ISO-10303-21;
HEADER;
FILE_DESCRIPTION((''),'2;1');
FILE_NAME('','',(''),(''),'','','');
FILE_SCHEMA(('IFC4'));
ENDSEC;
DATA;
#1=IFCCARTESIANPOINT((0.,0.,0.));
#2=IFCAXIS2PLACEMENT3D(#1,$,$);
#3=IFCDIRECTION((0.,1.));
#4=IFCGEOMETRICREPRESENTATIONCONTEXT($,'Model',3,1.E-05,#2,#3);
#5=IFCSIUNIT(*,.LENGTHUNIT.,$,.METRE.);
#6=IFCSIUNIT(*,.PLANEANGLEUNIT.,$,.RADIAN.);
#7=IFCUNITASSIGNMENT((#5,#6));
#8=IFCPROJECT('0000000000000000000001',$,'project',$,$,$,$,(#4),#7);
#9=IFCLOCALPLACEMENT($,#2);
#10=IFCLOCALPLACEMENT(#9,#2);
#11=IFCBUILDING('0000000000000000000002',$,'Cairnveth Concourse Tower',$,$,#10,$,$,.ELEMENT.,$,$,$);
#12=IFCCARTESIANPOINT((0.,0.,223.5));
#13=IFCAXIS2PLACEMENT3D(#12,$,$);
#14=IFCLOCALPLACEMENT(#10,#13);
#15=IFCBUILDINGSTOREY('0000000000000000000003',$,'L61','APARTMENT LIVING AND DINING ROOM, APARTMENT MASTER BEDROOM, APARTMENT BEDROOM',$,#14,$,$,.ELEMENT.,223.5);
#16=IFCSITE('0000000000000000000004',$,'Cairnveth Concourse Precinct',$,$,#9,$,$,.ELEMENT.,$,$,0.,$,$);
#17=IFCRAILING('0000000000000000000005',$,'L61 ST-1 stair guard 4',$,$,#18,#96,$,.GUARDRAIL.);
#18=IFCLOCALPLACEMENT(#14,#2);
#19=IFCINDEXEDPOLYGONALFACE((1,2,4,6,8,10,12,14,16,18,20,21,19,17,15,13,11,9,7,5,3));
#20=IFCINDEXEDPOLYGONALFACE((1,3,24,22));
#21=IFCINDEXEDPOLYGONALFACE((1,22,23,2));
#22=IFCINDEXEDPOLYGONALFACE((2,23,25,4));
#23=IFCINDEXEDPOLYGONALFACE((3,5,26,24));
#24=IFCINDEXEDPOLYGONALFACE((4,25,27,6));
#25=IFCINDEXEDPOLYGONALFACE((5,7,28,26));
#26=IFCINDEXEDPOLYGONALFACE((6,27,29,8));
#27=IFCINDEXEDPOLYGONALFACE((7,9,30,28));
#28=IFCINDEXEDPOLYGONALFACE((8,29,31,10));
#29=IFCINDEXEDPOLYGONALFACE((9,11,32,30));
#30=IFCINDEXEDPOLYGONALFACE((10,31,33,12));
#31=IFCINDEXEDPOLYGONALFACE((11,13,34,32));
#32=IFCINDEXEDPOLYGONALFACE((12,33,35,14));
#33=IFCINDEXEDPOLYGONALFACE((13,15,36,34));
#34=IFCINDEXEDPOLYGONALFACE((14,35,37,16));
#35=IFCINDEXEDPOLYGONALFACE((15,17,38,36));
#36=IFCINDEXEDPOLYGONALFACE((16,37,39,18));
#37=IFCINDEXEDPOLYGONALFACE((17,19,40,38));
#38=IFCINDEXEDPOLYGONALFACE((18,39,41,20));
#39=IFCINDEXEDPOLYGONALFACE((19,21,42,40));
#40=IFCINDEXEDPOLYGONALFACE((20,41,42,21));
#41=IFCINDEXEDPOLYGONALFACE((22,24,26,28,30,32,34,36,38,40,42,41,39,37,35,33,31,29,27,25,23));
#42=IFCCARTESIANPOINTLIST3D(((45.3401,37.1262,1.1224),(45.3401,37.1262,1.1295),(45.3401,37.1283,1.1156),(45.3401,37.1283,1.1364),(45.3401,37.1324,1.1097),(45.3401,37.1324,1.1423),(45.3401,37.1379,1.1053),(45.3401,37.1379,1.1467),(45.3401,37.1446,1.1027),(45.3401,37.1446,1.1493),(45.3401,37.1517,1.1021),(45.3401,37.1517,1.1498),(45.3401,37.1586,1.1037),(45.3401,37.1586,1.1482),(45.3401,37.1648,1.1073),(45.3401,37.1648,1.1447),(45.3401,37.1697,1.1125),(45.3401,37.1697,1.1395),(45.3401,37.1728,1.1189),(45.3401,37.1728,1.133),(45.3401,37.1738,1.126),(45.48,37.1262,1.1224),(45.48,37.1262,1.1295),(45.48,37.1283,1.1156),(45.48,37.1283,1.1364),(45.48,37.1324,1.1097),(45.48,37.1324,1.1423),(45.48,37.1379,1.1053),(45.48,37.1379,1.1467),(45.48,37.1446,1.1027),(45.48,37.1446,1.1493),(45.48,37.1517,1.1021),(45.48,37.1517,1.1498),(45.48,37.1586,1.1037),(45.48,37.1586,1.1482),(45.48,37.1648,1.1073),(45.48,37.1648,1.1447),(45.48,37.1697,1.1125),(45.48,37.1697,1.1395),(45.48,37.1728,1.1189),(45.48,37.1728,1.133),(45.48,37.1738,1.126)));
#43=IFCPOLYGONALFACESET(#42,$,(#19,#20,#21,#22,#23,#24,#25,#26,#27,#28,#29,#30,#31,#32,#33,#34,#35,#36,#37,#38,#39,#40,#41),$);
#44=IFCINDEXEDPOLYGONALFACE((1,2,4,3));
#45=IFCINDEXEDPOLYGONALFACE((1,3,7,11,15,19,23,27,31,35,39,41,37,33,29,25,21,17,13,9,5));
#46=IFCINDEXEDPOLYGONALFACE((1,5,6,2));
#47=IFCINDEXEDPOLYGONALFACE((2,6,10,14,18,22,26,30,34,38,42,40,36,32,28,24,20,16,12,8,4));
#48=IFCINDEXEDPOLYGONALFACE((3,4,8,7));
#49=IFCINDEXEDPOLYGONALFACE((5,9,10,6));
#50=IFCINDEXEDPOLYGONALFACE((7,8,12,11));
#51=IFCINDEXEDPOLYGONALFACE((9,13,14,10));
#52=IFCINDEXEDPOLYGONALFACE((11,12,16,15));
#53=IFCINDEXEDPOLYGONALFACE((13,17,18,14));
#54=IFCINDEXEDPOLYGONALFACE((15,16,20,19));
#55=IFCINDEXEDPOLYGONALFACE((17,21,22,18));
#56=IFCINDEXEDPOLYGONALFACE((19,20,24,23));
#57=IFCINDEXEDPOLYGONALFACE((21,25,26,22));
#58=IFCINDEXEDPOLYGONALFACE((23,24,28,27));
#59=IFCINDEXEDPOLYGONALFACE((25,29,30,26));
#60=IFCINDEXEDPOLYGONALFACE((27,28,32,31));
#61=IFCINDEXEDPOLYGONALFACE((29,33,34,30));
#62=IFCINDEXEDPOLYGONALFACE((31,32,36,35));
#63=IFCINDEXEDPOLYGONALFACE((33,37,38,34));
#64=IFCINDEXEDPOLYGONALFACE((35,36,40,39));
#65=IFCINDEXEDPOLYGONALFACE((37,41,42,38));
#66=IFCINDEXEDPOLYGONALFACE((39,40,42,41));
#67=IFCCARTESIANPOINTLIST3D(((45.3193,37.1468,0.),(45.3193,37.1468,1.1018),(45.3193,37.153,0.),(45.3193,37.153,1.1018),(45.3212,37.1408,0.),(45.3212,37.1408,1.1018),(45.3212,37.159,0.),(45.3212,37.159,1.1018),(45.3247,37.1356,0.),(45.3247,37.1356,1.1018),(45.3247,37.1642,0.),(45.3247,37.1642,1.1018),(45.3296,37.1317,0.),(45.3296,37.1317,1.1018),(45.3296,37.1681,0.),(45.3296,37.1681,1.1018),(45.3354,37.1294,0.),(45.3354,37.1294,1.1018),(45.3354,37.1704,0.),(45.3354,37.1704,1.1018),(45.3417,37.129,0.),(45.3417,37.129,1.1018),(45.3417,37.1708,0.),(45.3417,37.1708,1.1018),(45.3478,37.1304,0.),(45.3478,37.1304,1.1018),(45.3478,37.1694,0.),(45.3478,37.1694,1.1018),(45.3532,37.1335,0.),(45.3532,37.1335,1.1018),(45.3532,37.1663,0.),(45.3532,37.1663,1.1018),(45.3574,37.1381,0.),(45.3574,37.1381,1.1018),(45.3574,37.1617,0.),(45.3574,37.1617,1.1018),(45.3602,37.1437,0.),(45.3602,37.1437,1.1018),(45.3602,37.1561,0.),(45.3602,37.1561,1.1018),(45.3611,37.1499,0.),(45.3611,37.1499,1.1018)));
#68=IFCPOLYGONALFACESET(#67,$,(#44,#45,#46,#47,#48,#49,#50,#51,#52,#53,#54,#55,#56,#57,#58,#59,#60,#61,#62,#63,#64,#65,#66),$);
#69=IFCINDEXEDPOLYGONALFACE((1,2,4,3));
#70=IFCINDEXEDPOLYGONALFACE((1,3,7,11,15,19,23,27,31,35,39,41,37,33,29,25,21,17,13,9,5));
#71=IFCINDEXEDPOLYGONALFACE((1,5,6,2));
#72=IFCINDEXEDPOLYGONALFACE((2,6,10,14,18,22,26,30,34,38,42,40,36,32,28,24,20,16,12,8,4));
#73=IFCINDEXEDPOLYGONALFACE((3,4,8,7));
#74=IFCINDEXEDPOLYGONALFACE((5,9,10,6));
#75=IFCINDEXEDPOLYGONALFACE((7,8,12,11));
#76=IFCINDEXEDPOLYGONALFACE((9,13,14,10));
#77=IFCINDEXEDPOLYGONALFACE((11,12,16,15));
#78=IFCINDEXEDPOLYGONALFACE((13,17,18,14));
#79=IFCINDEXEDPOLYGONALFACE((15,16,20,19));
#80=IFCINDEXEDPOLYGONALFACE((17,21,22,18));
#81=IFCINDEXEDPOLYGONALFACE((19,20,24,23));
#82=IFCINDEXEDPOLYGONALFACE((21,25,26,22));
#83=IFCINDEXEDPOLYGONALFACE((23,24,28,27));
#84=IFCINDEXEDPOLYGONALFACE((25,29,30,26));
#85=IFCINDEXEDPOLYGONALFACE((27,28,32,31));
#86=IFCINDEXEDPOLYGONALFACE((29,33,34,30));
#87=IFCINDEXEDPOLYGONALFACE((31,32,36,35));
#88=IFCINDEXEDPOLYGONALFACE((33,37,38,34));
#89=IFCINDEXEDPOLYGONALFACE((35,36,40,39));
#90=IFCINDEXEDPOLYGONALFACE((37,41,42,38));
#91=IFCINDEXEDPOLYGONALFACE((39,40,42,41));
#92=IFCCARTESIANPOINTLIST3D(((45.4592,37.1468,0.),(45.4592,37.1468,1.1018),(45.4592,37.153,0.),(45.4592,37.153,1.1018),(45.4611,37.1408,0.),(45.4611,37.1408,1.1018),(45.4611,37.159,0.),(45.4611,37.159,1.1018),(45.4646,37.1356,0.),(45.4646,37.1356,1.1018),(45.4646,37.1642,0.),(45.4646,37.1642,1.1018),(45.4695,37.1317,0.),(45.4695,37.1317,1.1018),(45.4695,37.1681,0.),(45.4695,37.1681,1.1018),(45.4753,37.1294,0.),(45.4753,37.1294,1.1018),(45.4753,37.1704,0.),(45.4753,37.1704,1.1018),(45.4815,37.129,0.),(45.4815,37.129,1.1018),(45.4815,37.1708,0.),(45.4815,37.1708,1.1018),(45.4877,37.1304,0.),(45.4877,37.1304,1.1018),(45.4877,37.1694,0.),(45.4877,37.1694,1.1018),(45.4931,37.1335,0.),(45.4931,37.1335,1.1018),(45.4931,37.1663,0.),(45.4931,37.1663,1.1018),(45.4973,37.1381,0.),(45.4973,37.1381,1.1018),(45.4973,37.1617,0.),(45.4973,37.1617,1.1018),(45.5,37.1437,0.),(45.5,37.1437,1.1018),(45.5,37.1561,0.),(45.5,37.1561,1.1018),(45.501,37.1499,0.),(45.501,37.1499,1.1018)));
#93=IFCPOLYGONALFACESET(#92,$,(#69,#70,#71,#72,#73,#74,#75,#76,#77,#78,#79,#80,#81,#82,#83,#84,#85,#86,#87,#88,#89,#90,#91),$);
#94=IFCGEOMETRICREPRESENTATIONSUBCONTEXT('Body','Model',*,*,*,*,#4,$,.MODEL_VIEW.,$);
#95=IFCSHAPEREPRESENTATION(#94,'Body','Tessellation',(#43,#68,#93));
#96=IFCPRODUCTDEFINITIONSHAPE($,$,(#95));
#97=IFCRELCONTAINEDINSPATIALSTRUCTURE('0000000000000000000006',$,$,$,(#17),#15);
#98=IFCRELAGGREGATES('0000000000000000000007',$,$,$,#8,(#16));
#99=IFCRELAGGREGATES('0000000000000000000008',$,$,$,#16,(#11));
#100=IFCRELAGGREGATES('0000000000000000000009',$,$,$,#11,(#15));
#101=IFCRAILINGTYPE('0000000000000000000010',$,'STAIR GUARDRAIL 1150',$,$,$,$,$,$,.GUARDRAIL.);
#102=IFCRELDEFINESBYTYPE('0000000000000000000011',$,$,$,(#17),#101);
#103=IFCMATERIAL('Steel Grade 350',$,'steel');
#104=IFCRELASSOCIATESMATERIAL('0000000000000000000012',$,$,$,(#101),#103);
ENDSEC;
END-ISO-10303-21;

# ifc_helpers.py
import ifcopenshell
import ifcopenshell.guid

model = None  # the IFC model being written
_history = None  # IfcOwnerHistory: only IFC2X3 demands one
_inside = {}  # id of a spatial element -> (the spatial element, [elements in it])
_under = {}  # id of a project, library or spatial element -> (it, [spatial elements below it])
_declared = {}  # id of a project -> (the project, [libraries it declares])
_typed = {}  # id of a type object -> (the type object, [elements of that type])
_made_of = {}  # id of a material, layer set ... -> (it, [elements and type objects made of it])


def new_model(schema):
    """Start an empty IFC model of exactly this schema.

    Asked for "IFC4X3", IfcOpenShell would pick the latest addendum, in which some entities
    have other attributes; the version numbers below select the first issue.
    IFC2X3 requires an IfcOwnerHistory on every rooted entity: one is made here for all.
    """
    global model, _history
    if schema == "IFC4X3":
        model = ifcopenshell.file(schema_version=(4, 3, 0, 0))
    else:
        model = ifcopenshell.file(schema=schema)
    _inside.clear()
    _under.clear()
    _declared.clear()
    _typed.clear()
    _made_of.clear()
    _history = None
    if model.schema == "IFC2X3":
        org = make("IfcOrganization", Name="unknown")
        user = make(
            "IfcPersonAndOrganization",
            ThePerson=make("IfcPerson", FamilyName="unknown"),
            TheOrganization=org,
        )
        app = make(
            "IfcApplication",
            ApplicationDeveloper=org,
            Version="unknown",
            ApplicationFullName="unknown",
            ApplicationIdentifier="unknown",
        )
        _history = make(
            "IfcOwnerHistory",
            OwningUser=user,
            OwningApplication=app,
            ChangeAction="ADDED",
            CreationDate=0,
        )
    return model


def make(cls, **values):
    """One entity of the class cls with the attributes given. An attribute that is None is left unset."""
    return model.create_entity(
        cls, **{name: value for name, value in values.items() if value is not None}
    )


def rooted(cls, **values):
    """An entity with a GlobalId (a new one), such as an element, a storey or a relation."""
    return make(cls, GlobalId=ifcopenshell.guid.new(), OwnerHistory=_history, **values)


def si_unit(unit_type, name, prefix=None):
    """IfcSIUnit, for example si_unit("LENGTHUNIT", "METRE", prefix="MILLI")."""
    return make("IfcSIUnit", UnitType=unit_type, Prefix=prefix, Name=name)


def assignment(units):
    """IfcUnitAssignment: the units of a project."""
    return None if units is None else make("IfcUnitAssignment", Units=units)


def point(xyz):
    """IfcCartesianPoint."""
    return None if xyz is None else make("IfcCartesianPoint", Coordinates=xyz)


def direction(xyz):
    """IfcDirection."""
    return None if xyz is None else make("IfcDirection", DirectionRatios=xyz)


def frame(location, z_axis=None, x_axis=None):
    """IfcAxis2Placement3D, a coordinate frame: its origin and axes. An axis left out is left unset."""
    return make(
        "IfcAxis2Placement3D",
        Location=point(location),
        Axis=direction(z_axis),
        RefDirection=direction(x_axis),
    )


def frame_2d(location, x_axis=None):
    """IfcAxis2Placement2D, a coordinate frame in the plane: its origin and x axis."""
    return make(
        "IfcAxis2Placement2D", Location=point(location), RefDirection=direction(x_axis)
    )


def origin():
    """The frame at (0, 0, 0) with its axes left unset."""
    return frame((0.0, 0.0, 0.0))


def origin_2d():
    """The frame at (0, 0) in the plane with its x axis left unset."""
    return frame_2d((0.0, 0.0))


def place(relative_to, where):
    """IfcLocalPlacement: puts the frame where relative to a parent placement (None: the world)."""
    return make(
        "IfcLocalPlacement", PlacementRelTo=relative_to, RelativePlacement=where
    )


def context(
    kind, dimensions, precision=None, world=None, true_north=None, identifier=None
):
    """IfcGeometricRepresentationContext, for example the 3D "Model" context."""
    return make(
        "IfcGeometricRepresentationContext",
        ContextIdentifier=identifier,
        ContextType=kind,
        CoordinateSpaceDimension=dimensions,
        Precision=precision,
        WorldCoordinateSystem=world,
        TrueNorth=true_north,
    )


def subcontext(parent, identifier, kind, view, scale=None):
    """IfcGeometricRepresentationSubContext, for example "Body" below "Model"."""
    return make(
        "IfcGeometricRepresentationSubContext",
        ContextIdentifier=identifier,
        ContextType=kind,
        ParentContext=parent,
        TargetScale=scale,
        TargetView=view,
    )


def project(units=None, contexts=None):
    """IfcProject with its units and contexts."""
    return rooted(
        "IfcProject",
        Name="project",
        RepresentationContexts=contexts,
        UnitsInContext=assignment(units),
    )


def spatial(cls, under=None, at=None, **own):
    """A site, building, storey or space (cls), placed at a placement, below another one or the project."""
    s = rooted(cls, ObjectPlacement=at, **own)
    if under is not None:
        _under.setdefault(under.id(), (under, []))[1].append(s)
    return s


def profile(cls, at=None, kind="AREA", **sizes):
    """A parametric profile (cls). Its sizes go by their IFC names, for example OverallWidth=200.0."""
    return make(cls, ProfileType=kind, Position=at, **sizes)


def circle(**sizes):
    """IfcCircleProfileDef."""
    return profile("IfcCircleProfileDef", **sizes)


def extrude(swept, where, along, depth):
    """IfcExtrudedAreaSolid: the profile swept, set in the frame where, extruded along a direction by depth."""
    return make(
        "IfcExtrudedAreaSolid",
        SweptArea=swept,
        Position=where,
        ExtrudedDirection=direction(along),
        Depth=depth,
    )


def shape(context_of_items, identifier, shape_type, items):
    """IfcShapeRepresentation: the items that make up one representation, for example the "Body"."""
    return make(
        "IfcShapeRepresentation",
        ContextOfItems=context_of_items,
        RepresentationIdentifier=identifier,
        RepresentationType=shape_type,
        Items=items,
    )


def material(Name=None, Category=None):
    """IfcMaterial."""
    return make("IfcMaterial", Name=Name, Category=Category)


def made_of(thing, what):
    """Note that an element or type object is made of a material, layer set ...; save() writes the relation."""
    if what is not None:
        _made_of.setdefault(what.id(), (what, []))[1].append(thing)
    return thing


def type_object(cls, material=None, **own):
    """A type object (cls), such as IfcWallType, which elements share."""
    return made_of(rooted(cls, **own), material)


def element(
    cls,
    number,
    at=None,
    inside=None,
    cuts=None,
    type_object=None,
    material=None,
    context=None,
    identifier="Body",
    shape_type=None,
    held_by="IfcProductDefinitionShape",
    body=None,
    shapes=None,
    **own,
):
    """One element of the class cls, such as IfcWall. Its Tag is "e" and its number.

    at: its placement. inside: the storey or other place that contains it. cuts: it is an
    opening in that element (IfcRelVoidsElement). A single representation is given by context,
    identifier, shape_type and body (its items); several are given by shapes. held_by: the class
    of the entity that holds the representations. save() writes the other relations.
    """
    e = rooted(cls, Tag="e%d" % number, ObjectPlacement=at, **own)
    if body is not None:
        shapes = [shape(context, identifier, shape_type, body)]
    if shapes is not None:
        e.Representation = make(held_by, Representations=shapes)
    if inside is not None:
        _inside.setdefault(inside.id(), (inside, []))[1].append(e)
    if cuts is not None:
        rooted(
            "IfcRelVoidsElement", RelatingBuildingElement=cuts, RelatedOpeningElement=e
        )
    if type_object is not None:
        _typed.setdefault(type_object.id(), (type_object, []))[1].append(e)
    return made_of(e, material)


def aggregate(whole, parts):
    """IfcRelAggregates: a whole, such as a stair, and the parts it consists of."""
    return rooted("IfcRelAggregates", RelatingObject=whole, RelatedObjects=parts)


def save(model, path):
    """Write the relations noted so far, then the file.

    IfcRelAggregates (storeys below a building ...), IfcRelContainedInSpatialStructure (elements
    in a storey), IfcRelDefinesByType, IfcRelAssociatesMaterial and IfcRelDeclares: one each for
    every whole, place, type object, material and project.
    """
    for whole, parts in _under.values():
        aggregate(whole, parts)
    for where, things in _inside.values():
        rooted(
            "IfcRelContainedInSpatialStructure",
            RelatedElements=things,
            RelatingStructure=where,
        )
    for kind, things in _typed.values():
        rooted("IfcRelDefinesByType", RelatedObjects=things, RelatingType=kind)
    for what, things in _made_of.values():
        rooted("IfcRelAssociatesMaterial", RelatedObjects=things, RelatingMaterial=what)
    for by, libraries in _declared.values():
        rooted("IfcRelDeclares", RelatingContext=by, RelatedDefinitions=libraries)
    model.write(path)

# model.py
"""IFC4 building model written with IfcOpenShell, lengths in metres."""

from ifc_helpers import new_model, si_unit, direction, frame, origin, origin_2d, place, context, subcontext, project, spatial, circle, extrude, material, type_object, element, save


model = new_model("IFC4")

# Units and contexts
model_context = context("Model", 3, precision=1e-05, world=origin(), true_north=direction((0.0, 1.0)))
body_context = subcontext(model_context, "Body", "Model", "MODEL_VIEW")
ifc_project = project(units=[si_unit("LENGTHUNIT", "METRE"), si_unit("PLANEANGLEUNIT", "RADIAN")], contexts=[model_context])

# Site, building, storey
site_placement = place(None, origin())
site = spatial("IfcSite", under=ifc_project, at=site_placement, Name="Cairnveth Concourse Precinct", CompositionType="ELEMENT", RefElevation=0.0)
building_placement = place(site_placement, origin())
building = spatial("IfcBuilding", under=site, at=building_placement, Name="Cairnveth Concourse Tower", CompositionType="ELEMENT")
storey_placement = place(building_placement, frame((0.0, 0.0, 223.5)))
storey = spatial("IfcBuildingStorey", under=building, at=storey_placement, Name="L61", Description="APARTMENT LIVING AND DINING ROOM, APARTMENT MASTER BEDROOM, APARTMENT BEDROOM", CompositionType="ELEMENT", Elevation=223.5)

# Shared definitions
ifc_material_1 = material(Name="Steel Grade 350", Category="steel")

# Railing
railing_type_1 = type_object("IfcRailingType", Name="STAIR GUARDRAIL 1150", PredefinedType="GUARDRAIL", material=ifc_material_1)
railing_1_placement = place(storey_placement, frame((45.3401, 37.1499, 0.0)))
element("IfcRailing", 1, at=railing_1_placement, inside=storey, type_object=railing_type_1, Name="L61 ST-1 stair guard 4", PredefinedType="GUARDRAIL", context=body_context, shape_type="SweptSolid", body=[
    extrude(circle(Radius=0.0239, at=origin_2d()), frame((0.0, 0.0, 1.126), z_axis=(1.0, 0.0, 0.0), x_axis=(0.0, 1.0, 0.0)), (0.0, 0.0, 1.0), 0.1399),
    extrude(circle(Radius=0.021, at=origin_2d()), origin(), (0.0, 0.0, 1.0), 1.1018),
    extrude(circle(Radius=0.021, at=origin_2d()), frame((0.1399, 0.0, 0.0)), (0.0, 0.0, 1.0), 1.1018),
])

save(model, "model.ifc")
